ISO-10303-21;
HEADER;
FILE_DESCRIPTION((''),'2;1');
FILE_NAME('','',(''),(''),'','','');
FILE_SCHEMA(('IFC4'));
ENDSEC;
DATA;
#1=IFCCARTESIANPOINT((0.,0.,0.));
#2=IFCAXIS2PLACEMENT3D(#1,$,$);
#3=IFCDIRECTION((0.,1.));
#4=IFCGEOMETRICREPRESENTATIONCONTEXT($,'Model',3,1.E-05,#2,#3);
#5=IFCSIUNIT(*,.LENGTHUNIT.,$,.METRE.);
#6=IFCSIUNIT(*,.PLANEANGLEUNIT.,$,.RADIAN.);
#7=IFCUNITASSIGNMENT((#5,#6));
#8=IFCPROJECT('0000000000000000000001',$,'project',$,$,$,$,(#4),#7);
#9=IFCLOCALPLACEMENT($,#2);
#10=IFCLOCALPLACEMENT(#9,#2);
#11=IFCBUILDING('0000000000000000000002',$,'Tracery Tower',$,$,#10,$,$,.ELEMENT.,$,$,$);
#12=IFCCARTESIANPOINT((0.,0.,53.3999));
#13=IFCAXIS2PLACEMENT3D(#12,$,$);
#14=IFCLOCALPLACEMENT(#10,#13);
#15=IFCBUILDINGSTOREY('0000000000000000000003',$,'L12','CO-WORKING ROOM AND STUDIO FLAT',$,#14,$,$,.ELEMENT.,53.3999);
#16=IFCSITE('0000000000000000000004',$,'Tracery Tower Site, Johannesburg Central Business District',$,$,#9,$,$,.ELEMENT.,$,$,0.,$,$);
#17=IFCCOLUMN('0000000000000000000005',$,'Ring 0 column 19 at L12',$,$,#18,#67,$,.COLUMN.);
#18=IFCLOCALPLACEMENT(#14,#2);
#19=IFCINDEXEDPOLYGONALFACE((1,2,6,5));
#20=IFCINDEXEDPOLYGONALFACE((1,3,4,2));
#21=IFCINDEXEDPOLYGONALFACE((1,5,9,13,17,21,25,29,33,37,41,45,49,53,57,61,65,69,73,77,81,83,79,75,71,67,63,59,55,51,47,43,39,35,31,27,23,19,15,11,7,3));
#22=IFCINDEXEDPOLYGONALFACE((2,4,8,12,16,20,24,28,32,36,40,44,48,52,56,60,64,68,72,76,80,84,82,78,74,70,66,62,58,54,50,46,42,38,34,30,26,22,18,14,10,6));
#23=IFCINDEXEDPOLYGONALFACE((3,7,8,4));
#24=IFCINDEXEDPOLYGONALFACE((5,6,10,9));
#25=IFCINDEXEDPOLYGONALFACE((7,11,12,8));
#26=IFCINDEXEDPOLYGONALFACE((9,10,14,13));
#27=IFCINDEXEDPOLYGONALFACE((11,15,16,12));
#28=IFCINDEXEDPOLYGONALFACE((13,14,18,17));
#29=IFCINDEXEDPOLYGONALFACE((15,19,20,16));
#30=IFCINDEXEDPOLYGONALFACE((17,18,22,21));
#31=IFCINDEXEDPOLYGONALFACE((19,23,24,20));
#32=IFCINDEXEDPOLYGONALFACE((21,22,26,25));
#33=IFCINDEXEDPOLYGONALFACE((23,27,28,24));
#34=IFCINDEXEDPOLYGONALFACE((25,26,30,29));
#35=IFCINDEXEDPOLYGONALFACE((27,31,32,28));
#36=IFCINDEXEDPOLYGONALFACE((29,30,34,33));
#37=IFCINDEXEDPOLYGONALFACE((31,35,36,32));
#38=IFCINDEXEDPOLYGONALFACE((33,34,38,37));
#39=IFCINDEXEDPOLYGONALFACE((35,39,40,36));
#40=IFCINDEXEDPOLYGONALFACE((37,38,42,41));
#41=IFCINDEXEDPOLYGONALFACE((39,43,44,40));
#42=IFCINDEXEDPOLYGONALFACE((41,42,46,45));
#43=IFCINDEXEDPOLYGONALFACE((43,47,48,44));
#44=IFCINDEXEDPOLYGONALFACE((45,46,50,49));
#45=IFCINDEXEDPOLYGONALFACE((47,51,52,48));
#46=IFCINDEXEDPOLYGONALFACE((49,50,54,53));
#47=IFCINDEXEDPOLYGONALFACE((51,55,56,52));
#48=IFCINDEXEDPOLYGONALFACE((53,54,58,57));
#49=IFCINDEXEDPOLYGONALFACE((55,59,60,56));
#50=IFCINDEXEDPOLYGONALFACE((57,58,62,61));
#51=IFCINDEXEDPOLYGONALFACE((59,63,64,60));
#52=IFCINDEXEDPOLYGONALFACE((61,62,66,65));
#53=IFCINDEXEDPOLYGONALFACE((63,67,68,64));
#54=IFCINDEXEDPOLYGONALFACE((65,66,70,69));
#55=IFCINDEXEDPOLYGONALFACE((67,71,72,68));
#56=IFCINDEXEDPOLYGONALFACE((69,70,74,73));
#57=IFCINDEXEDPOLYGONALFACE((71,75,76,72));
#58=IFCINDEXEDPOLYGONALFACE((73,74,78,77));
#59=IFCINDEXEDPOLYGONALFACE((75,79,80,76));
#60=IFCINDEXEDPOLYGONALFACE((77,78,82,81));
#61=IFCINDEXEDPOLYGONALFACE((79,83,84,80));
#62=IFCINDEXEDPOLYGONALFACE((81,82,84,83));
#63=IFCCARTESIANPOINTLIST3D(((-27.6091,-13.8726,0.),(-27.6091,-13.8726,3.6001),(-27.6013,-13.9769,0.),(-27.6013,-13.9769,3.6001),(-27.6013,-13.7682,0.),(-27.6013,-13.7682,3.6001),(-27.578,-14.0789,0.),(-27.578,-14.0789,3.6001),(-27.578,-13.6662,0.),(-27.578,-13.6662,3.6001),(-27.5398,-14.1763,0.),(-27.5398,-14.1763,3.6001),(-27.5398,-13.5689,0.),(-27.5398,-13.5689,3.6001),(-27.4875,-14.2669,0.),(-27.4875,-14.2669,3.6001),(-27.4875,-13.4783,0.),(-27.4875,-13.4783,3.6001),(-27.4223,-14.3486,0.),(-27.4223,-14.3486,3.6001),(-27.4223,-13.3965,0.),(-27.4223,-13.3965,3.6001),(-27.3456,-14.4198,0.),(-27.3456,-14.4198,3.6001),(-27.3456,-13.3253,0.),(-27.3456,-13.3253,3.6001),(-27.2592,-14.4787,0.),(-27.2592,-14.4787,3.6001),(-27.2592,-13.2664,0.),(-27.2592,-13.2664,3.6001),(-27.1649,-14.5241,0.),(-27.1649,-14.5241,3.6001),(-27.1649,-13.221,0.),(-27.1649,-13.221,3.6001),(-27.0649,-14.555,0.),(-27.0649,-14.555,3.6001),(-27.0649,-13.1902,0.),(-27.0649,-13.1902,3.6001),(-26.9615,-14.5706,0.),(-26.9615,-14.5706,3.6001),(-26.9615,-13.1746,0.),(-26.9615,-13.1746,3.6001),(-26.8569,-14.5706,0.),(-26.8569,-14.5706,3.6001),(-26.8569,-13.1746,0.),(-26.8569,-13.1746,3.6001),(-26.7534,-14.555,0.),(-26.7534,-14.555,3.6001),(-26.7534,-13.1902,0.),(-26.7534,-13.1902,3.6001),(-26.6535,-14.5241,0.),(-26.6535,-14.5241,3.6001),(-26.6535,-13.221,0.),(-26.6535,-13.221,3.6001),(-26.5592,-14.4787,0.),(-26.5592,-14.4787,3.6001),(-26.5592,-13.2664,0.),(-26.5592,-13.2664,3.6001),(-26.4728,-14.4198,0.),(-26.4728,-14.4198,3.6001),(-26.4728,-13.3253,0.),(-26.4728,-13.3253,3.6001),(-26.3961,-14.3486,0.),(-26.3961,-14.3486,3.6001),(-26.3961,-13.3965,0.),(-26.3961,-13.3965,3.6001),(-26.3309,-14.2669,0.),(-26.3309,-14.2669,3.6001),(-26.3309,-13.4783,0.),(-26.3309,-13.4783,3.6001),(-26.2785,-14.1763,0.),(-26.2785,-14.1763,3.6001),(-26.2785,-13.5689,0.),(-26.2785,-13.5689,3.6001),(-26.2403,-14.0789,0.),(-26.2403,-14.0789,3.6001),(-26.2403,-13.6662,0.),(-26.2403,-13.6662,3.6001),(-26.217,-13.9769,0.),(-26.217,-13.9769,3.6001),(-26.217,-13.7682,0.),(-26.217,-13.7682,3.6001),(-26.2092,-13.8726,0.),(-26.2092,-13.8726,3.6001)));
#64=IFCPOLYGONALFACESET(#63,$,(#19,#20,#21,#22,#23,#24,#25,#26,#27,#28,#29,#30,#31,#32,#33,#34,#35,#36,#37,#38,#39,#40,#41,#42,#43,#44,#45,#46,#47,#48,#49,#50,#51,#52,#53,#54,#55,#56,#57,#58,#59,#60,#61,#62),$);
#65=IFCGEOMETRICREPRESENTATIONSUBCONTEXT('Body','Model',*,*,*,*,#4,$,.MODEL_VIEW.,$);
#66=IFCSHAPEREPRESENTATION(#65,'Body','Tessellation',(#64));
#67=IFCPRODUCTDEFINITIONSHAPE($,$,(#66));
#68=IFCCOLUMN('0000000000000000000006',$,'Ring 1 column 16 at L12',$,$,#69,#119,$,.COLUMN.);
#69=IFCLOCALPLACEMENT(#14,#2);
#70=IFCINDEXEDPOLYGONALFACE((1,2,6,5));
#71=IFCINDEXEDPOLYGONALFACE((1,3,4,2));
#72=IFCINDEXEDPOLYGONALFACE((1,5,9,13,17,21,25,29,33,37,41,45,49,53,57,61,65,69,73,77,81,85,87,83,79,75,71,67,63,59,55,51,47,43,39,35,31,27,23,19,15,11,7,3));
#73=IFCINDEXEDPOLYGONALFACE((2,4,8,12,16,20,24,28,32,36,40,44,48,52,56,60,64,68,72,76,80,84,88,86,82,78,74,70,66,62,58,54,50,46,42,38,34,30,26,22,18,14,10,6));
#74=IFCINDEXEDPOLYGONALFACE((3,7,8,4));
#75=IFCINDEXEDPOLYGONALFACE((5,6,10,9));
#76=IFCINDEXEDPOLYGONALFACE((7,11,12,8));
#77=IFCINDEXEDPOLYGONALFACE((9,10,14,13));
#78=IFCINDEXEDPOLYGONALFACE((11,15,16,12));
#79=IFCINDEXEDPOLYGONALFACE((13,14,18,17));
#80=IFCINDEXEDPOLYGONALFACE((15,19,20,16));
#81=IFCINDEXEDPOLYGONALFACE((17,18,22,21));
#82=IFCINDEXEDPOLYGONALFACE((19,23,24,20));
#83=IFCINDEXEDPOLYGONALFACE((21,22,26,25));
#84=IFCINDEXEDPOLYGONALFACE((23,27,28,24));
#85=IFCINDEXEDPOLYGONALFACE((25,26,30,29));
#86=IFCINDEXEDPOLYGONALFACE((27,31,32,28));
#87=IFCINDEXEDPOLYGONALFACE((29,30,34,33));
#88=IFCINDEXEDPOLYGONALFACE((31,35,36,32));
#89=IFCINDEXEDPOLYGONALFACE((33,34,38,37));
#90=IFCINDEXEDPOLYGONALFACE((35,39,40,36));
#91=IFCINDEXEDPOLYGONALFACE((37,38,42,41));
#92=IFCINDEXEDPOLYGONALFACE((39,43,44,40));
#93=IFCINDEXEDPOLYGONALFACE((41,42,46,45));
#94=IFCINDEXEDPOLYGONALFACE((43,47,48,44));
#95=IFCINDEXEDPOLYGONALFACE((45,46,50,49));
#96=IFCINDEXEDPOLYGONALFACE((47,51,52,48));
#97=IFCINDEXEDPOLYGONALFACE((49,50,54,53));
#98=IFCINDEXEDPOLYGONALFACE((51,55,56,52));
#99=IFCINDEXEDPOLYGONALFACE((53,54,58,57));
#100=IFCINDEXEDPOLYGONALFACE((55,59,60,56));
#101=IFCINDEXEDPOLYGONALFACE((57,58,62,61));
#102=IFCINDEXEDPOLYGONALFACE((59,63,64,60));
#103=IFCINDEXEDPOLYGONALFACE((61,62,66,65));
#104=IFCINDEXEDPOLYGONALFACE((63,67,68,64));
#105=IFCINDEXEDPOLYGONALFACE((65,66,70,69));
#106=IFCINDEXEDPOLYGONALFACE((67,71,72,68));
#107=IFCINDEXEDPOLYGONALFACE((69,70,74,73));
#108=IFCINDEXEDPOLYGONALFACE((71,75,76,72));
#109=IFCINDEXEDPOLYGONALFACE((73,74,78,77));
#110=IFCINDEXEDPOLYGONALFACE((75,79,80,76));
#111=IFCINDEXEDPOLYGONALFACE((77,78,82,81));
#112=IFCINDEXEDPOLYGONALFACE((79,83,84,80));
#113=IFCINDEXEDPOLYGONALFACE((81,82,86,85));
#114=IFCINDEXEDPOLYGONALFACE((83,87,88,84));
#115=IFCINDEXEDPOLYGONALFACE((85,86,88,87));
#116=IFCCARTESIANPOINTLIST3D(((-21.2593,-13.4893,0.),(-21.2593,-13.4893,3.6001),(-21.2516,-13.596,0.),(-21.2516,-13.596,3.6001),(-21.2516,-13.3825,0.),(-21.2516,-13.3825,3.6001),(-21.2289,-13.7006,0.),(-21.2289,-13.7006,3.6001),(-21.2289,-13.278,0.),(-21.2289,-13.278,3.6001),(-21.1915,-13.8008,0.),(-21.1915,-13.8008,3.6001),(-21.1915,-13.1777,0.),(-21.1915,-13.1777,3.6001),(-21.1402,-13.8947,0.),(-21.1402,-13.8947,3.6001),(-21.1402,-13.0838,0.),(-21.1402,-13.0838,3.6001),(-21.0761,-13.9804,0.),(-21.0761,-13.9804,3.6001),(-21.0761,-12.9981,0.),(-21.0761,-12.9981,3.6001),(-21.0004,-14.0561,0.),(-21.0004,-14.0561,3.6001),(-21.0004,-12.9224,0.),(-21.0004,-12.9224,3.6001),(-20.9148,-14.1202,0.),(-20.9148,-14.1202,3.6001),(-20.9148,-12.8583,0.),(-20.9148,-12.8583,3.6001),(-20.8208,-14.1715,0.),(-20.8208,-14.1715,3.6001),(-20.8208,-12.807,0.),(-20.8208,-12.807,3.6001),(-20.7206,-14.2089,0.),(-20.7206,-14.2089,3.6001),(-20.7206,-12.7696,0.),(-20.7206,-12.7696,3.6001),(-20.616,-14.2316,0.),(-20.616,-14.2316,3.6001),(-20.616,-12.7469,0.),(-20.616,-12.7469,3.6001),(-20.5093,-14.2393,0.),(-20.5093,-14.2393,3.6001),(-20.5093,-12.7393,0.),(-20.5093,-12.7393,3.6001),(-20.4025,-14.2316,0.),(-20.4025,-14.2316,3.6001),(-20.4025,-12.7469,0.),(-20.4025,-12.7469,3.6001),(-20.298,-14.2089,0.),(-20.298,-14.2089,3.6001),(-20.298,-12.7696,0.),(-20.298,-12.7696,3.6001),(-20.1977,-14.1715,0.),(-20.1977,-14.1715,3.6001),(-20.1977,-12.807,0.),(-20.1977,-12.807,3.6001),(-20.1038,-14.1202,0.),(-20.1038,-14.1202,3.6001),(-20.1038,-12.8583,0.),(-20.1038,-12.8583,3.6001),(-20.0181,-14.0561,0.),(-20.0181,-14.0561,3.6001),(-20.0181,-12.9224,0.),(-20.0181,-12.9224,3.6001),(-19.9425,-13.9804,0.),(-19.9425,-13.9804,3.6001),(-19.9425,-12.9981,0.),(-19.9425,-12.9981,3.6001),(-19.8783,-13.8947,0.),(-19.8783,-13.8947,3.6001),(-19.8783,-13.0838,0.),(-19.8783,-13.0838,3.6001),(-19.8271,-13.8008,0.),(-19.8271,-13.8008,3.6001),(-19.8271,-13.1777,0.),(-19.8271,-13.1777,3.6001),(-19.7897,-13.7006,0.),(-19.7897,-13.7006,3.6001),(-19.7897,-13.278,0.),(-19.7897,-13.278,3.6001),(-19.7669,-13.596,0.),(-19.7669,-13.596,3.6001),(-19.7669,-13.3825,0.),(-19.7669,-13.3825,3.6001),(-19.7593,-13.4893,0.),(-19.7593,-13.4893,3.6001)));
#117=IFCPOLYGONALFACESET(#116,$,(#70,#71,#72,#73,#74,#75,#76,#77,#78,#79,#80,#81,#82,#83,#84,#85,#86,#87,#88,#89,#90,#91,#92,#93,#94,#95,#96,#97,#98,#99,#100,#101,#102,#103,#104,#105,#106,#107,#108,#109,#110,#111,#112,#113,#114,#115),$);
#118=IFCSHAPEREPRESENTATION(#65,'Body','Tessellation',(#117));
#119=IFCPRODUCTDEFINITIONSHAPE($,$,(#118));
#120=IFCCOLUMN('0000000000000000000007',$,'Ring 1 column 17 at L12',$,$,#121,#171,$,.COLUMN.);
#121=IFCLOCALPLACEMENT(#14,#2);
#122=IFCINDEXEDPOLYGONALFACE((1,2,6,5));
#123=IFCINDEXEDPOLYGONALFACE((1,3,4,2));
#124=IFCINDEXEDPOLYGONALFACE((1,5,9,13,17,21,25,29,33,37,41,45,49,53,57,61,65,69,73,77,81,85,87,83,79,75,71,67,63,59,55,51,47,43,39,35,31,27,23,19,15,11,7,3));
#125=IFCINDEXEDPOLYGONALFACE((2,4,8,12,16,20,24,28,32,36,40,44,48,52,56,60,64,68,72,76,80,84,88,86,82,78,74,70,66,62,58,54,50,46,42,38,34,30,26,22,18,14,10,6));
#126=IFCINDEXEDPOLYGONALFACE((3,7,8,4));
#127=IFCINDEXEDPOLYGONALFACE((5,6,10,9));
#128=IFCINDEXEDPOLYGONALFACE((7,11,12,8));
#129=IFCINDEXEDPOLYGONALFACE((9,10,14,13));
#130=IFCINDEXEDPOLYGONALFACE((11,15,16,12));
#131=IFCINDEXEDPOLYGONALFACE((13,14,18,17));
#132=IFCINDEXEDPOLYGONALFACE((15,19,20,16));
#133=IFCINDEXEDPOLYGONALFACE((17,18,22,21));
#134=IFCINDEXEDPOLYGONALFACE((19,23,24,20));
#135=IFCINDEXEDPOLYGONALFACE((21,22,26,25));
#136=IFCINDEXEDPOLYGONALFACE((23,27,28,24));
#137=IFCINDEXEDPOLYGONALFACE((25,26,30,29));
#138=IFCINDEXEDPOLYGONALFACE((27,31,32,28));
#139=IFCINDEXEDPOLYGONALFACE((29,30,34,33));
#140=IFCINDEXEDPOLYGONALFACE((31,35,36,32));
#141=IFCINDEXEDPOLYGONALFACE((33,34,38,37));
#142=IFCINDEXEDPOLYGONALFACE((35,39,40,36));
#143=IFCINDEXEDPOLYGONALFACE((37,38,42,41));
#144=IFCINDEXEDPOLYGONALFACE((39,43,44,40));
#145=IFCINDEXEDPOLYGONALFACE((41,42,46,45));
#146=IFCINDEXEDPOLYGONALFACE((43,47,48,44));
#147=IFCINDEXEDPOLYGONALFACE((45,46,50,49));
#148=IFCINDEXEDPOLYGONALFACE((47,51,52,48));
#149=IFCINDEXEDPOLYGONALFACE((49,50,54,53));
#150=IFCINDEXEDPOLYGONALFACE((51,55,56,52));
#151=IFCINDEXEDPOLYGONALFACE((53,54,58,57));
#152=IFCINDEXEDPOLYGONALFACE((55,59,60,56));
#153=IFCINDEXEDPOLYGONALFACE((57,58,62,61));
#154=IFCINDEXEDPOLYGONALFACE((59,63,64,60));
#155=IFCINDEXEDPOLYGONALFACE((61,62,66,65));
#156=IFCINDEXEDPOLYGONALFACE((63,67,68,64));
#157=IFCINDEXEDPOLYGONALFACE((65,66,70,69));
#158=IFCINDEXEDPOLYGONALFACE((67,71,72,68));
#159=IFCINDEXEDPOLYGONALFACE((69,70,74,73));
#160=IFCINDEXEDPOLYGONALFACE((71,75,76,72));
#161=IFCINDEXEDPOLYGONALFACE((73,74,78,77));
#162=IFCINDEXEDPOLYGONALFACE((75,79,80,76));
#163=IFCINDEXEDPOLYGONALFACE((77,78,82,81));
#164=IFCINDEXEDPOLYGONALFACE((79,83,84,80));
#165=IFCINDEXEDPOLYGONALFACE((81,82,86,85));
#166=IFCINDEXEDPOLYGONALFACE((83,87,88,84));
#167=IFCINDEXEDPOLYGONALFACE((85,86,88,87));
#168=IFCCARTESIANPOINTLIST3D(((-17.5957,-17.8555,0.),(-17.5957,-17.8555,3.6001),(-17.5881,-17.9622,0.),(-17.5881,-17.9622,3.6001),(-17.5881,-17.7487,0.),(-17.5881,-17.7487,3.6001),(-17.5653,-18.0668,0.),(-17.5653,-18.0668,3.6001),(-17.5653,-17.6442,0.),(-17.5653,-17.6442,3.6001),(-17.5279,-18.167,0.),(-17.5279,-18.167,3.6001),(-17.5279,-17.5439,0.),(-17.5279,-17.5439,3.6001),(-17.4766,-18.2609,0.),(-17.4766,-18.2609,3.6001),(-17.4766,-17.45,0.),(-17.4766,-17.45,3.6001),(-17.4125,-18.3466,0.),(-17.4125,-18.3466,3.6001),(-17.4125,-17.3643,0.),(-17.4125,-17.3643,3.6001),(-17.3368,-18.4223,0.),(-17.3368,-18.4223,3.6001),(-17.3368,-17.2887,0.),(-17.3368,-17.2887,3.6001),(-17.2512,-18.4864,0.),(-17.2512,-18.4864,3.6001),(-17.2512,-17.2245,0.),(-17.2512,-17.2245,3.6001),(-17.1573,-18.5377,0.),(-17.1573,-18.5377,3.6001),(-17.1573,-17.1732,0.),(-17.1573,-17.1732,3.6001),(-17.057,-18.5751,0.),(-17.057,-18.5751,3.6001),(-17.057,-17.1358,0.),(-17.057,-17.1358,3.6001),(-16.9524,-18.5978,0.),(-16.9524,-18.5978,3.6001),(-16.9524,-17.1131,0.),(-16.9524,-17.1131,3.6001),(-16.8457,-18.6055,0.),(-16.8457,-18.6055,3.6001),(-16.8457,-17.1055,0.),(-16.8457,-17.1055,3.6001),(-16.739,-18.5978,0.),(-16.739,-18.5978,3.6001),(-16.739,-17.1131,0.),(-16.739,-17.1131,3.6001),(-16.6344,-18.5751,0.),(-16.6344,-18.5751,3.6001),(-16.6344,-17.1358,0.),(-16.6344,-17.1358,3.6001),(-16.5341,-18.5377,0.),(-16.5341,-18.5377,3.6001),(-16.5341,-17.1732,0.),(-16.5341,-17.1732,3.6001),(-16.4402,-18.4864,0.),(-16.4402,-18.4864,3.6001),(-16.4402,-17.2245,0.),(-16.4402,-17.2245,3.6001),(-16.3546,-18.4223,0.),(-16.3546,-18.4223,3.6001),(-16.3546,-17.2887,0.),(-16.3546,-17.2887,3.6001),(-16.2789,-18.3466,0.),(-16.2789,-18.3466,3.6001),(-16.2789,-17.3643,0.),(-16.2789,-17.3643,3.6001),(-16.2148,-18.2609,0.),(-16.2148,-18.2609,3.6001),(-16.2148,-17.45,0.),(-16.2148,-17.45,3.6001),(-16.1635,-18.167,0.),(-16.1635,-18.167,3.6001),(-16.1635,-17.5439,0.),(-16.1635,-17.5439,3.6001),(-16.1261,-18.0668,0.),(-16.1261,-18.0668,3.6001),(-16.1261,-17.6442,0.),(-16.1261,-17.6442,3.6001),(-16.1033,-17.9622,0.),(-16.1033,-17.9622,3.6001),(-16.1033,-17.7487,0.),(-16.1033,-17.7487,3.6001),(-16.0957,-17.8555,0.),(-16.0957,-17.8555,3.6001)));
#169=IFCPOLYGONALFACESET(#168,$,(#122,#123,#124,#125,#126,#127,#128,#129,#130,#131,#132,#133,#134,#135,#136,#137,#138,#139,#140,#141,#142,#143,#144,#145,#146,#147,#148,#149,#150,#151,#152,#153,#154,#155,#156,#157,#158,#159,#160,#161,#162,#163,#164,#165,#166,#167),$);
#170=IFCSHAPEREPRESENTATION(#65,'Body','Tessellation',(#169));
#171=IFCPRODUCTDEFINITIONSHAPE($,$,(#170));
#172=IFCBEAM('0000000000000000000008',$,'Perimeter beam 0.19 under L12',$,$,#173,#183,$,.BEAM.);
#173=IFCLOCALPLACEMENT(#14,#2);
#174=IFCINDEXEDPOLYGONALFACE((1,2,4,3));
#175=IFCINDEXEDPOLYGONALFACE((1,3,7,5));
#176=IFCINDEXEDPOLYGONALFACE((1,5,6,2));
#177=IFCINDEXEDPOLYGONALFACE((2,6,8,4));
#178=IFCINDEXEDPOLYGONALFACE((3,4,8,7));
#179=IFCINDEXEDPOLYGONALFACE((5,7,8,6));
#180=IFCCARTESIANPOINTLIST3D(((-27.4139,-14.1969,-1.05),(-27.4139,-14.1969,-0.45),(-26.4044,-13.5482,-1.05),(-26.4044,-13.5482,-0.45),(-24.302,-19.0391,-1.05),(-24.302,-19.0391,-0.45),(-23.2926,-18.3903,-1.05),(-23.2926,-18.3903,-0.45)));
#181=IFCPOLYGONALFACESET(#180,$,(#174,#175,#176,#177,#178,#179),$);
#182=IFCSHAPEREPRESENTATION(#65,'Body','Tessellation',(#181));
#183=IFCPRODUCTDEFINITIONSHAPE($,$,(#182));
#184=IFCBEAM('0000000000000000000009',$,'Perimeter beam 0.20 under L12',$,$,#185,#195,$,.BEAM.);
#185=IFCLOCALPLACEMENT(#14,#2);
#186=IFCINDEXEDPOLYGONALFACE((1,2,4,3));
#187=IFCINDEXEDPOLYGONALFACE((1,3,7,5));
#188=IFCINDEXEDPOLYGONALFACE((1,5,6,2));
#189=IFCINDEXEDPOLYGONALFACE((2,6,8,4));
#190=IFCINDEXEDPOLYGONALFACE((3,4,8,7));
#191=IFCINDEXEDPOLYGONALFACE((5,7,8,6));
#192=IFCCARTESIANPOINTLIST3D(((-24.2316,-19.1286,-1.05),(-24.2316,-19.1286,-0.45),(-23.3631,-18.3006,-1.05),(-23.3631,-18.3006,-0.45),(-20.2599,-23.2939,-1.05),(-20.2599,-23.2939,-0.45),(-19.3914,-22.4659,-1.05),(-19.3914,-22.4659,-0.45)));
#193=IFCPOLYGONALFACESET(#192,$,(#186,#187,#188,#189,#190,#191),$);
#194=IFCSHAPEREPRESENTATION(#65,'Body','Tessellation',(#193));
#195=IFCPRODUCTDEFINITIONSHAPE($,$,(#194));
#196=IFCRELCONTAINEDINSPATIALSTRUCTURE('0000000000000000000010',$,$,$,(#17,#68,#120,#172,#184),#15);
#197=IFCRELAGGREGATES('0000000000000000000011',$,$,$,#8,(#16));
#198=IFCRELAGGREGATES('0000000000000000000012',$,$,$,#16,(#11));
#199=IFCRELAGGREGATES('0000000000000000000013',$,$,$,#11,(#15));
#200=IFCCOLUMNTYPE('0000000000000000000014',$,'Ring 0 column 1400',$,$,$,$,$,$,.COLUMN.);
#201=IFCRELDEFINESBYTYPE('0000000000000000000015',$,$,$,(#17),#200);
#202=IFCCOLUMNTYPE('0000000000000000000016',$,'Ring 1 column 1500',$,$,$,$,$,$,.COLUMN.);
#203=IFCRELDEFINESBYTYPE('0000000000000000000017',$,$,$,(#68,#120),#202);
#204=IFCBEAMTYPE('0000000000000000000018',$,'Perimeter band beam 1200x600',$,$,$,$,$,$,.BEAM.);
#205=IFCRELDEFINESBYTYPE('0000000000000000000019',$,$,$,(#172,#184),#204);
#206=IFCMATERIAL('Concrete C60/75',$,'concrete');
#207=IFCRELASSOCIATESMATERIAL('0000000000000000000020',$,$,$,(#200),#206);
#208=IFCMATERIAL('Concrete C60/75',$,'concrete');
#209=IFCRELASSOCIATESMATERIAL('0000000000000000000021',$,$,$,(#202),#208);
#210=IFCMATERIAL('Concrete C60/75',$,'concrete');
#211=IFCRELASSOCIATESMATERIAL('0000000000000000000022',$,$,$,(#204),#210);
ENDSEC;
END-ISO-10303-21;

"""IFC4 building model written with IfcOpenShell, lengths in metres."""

from ifc_helpers import new_model, si_unit, direction, frame, origin, origin_2d, place, context, subcontext, project, spatial, rectangle, circle, extrude, material, material_profile, profile_set, type_object, element, save


model = new_model("IFC4")

# Units and contexts
model_context = context("Model", 3, precision=1e-05, world=origin(), true_north=direction((0.0, 1.0)))
body_context = subcontext(model_context, "Body", "Model", "MODEL_VIEW")
ifc_project = project(units=[si_unit("LENGTHUNIT", "METRE"), si_unit("PLANEANGLEUNIT", "RADIAN")], contexts=[model_context])

# Site, building, storey
site_placement = place(None, origin())
site = spatial("IfcSite", under=ifc_project, at=site_placement, Name="Tracery Tower Site, Johannesburg Central Business District", CompositionType="ELEMENT", RefElevation=0.0)
building_placement = place(site_placement, origin())
building = spatial("IfcBuilding", under=site, at=building_placement, Name="Tracery Tower", CompositionType="ELEMENT")
storey_placement = place(building_placement, frame((0.0, 0.0, 53.3999)))
storey = spatial("IfcBuildingStorey", under=building, at=storey_placement, Name="L12", Description="CO-WORKING ROOM AND STUDIO FLAT", CompositionType="ELEMENT", Elevation=53.3999)

# Columns
ifc_material_1 = material(Name="Concrete C60/75", Category="concrete")
ifc_material_profile_1 = material_profile(ifc_material_1, circle(Radius=0.7, at=origin_2d()), Name="RC D1400")
ifc_profile_set_1 = profile_set([ifc_material_profile_1], Name="Concrete C60/75")
column_type_1 = type_object("IfcColumnType", Name="Ring 0 column 1400", PredefinedType="COLUMN", material=ifc_profile_set_1)
column_placement = place(storey_placement, frame((-26.9092, -13.8726, 0.0), z_axis=(0.0, 0.0, 1.0), x_axis=(1.0, 0.0, 0.0)))
element("IfcColumn", 1, at=column_placement, inside=storey, type_object=column_type_1, Name="Ring 0 column 19 at L12", PredefinedType="COLUMN", context=body_context, shape_type="SweptSolid", body=[
    extrude(circle(Radius=0.7, at=origin_2d()), origin(), (0.0, 0.0, 1.0), 3.6001),
])
ifc_material_2 = material(Name="Concrete C60/75", Category="concrete")
ifc_material_profile_2 = material_profile(ifc_material_2, circle(Radius=0.75, at=origin_2d()), Name="RC D1500")
ifc_profile_set_2 = profile_set([ifc_material_profile_2], Name="Concrete C60/75")
column_type_2 = type_object("IfcColumnType", Name="Ring 1 column 1500", PredefinedType="COLUMN", material=ifc_profile_set_2)
for number, where, z_axis, x_axis, name in (
    (2, (-20.5093, -13.4893, 0.0), (0.0, 0.0, 1.0), (1.0, 0.0, 0.0), "Ring 1 column 16 at L12"),
    (3, (-16.8457, -17.8555, 0.0), (0.0, 0.0, 1.0), (1.0, 0.0, 0.0), "Ring 1 column 17 at L12"),
):
    element("IfcColumn", number, at=place(storey_placement, frame(where, z_axis=z_axis, x_axis=x_axis)), inside=storey, type_object=column_type_2, Name=name, PredefinedType="COLUMN", context=body_context, shape_type="SweptSolid", body=[
        extrude(circle(Radius=0.75, at=origin_2d()), origin(), (0.0, 0.0, 1.0), 3.6001),
    ])

# Beams
ifc_material_3 = material(Name="Concrete C60/75", Category="concrete")
ifc_material_profile_3 = material_profile(ifc_material_3, rectangle(XDim=1.2, YDim=0.6001, at=origin_2d()), Name="RC 1200x600")
ifc_profile_set_3 = profile_set([ifc_material_profile_3], Name="Concrete C60/75")
beam_type = type_object("IfcBeamType", Name="Perimeter band beam 1200x600", PredefinedType="BEAM", material=ifc_profile_set_3)
beam_1_placement = place(storey_placement, frame((-26.9092, -13.8726, -0.75), z_axis=(0.540644, -0.841252, 0.0), x_axis=(0.841252, 0.540644, 0.0)))
element("IfcBeam", 4, at=beam_1_placement, inside=storey, type_object=beam_type, Name="Perimeter beam 0.19 under L12", PredefinedType="BEAM", context=body_context, shape_type="SweptSolid", body=[
    extrude(rectangle(XDim=1.2, YDim=0.6001, at=origin_2d()), origin(), (0.0, 0.0, 1.0), 5.7559),
])
beam_2_placement = place(storey_placement, frame((-23.7974, -18.7146, -0.75), z_axis=(0.690087, -0.723726, 0.0), x_axis=(0.723726, 0.690087, 0.0)))
element("IfcBeam", 5, at=beam_2_placement, inside=storey, type_object=beam_type, Name="Perimeter beam 0.20 under L12", PredefinedType="BEAM", context=body_context, shape_type="SweptSolid", body=[
    extrude(rectangle(XDim=1.2, YDim=0.6001, at=origin_2d()), origin(), (0.0, 0.0, 1.0), 5.7554),
])

save(model, "model.ifc")
